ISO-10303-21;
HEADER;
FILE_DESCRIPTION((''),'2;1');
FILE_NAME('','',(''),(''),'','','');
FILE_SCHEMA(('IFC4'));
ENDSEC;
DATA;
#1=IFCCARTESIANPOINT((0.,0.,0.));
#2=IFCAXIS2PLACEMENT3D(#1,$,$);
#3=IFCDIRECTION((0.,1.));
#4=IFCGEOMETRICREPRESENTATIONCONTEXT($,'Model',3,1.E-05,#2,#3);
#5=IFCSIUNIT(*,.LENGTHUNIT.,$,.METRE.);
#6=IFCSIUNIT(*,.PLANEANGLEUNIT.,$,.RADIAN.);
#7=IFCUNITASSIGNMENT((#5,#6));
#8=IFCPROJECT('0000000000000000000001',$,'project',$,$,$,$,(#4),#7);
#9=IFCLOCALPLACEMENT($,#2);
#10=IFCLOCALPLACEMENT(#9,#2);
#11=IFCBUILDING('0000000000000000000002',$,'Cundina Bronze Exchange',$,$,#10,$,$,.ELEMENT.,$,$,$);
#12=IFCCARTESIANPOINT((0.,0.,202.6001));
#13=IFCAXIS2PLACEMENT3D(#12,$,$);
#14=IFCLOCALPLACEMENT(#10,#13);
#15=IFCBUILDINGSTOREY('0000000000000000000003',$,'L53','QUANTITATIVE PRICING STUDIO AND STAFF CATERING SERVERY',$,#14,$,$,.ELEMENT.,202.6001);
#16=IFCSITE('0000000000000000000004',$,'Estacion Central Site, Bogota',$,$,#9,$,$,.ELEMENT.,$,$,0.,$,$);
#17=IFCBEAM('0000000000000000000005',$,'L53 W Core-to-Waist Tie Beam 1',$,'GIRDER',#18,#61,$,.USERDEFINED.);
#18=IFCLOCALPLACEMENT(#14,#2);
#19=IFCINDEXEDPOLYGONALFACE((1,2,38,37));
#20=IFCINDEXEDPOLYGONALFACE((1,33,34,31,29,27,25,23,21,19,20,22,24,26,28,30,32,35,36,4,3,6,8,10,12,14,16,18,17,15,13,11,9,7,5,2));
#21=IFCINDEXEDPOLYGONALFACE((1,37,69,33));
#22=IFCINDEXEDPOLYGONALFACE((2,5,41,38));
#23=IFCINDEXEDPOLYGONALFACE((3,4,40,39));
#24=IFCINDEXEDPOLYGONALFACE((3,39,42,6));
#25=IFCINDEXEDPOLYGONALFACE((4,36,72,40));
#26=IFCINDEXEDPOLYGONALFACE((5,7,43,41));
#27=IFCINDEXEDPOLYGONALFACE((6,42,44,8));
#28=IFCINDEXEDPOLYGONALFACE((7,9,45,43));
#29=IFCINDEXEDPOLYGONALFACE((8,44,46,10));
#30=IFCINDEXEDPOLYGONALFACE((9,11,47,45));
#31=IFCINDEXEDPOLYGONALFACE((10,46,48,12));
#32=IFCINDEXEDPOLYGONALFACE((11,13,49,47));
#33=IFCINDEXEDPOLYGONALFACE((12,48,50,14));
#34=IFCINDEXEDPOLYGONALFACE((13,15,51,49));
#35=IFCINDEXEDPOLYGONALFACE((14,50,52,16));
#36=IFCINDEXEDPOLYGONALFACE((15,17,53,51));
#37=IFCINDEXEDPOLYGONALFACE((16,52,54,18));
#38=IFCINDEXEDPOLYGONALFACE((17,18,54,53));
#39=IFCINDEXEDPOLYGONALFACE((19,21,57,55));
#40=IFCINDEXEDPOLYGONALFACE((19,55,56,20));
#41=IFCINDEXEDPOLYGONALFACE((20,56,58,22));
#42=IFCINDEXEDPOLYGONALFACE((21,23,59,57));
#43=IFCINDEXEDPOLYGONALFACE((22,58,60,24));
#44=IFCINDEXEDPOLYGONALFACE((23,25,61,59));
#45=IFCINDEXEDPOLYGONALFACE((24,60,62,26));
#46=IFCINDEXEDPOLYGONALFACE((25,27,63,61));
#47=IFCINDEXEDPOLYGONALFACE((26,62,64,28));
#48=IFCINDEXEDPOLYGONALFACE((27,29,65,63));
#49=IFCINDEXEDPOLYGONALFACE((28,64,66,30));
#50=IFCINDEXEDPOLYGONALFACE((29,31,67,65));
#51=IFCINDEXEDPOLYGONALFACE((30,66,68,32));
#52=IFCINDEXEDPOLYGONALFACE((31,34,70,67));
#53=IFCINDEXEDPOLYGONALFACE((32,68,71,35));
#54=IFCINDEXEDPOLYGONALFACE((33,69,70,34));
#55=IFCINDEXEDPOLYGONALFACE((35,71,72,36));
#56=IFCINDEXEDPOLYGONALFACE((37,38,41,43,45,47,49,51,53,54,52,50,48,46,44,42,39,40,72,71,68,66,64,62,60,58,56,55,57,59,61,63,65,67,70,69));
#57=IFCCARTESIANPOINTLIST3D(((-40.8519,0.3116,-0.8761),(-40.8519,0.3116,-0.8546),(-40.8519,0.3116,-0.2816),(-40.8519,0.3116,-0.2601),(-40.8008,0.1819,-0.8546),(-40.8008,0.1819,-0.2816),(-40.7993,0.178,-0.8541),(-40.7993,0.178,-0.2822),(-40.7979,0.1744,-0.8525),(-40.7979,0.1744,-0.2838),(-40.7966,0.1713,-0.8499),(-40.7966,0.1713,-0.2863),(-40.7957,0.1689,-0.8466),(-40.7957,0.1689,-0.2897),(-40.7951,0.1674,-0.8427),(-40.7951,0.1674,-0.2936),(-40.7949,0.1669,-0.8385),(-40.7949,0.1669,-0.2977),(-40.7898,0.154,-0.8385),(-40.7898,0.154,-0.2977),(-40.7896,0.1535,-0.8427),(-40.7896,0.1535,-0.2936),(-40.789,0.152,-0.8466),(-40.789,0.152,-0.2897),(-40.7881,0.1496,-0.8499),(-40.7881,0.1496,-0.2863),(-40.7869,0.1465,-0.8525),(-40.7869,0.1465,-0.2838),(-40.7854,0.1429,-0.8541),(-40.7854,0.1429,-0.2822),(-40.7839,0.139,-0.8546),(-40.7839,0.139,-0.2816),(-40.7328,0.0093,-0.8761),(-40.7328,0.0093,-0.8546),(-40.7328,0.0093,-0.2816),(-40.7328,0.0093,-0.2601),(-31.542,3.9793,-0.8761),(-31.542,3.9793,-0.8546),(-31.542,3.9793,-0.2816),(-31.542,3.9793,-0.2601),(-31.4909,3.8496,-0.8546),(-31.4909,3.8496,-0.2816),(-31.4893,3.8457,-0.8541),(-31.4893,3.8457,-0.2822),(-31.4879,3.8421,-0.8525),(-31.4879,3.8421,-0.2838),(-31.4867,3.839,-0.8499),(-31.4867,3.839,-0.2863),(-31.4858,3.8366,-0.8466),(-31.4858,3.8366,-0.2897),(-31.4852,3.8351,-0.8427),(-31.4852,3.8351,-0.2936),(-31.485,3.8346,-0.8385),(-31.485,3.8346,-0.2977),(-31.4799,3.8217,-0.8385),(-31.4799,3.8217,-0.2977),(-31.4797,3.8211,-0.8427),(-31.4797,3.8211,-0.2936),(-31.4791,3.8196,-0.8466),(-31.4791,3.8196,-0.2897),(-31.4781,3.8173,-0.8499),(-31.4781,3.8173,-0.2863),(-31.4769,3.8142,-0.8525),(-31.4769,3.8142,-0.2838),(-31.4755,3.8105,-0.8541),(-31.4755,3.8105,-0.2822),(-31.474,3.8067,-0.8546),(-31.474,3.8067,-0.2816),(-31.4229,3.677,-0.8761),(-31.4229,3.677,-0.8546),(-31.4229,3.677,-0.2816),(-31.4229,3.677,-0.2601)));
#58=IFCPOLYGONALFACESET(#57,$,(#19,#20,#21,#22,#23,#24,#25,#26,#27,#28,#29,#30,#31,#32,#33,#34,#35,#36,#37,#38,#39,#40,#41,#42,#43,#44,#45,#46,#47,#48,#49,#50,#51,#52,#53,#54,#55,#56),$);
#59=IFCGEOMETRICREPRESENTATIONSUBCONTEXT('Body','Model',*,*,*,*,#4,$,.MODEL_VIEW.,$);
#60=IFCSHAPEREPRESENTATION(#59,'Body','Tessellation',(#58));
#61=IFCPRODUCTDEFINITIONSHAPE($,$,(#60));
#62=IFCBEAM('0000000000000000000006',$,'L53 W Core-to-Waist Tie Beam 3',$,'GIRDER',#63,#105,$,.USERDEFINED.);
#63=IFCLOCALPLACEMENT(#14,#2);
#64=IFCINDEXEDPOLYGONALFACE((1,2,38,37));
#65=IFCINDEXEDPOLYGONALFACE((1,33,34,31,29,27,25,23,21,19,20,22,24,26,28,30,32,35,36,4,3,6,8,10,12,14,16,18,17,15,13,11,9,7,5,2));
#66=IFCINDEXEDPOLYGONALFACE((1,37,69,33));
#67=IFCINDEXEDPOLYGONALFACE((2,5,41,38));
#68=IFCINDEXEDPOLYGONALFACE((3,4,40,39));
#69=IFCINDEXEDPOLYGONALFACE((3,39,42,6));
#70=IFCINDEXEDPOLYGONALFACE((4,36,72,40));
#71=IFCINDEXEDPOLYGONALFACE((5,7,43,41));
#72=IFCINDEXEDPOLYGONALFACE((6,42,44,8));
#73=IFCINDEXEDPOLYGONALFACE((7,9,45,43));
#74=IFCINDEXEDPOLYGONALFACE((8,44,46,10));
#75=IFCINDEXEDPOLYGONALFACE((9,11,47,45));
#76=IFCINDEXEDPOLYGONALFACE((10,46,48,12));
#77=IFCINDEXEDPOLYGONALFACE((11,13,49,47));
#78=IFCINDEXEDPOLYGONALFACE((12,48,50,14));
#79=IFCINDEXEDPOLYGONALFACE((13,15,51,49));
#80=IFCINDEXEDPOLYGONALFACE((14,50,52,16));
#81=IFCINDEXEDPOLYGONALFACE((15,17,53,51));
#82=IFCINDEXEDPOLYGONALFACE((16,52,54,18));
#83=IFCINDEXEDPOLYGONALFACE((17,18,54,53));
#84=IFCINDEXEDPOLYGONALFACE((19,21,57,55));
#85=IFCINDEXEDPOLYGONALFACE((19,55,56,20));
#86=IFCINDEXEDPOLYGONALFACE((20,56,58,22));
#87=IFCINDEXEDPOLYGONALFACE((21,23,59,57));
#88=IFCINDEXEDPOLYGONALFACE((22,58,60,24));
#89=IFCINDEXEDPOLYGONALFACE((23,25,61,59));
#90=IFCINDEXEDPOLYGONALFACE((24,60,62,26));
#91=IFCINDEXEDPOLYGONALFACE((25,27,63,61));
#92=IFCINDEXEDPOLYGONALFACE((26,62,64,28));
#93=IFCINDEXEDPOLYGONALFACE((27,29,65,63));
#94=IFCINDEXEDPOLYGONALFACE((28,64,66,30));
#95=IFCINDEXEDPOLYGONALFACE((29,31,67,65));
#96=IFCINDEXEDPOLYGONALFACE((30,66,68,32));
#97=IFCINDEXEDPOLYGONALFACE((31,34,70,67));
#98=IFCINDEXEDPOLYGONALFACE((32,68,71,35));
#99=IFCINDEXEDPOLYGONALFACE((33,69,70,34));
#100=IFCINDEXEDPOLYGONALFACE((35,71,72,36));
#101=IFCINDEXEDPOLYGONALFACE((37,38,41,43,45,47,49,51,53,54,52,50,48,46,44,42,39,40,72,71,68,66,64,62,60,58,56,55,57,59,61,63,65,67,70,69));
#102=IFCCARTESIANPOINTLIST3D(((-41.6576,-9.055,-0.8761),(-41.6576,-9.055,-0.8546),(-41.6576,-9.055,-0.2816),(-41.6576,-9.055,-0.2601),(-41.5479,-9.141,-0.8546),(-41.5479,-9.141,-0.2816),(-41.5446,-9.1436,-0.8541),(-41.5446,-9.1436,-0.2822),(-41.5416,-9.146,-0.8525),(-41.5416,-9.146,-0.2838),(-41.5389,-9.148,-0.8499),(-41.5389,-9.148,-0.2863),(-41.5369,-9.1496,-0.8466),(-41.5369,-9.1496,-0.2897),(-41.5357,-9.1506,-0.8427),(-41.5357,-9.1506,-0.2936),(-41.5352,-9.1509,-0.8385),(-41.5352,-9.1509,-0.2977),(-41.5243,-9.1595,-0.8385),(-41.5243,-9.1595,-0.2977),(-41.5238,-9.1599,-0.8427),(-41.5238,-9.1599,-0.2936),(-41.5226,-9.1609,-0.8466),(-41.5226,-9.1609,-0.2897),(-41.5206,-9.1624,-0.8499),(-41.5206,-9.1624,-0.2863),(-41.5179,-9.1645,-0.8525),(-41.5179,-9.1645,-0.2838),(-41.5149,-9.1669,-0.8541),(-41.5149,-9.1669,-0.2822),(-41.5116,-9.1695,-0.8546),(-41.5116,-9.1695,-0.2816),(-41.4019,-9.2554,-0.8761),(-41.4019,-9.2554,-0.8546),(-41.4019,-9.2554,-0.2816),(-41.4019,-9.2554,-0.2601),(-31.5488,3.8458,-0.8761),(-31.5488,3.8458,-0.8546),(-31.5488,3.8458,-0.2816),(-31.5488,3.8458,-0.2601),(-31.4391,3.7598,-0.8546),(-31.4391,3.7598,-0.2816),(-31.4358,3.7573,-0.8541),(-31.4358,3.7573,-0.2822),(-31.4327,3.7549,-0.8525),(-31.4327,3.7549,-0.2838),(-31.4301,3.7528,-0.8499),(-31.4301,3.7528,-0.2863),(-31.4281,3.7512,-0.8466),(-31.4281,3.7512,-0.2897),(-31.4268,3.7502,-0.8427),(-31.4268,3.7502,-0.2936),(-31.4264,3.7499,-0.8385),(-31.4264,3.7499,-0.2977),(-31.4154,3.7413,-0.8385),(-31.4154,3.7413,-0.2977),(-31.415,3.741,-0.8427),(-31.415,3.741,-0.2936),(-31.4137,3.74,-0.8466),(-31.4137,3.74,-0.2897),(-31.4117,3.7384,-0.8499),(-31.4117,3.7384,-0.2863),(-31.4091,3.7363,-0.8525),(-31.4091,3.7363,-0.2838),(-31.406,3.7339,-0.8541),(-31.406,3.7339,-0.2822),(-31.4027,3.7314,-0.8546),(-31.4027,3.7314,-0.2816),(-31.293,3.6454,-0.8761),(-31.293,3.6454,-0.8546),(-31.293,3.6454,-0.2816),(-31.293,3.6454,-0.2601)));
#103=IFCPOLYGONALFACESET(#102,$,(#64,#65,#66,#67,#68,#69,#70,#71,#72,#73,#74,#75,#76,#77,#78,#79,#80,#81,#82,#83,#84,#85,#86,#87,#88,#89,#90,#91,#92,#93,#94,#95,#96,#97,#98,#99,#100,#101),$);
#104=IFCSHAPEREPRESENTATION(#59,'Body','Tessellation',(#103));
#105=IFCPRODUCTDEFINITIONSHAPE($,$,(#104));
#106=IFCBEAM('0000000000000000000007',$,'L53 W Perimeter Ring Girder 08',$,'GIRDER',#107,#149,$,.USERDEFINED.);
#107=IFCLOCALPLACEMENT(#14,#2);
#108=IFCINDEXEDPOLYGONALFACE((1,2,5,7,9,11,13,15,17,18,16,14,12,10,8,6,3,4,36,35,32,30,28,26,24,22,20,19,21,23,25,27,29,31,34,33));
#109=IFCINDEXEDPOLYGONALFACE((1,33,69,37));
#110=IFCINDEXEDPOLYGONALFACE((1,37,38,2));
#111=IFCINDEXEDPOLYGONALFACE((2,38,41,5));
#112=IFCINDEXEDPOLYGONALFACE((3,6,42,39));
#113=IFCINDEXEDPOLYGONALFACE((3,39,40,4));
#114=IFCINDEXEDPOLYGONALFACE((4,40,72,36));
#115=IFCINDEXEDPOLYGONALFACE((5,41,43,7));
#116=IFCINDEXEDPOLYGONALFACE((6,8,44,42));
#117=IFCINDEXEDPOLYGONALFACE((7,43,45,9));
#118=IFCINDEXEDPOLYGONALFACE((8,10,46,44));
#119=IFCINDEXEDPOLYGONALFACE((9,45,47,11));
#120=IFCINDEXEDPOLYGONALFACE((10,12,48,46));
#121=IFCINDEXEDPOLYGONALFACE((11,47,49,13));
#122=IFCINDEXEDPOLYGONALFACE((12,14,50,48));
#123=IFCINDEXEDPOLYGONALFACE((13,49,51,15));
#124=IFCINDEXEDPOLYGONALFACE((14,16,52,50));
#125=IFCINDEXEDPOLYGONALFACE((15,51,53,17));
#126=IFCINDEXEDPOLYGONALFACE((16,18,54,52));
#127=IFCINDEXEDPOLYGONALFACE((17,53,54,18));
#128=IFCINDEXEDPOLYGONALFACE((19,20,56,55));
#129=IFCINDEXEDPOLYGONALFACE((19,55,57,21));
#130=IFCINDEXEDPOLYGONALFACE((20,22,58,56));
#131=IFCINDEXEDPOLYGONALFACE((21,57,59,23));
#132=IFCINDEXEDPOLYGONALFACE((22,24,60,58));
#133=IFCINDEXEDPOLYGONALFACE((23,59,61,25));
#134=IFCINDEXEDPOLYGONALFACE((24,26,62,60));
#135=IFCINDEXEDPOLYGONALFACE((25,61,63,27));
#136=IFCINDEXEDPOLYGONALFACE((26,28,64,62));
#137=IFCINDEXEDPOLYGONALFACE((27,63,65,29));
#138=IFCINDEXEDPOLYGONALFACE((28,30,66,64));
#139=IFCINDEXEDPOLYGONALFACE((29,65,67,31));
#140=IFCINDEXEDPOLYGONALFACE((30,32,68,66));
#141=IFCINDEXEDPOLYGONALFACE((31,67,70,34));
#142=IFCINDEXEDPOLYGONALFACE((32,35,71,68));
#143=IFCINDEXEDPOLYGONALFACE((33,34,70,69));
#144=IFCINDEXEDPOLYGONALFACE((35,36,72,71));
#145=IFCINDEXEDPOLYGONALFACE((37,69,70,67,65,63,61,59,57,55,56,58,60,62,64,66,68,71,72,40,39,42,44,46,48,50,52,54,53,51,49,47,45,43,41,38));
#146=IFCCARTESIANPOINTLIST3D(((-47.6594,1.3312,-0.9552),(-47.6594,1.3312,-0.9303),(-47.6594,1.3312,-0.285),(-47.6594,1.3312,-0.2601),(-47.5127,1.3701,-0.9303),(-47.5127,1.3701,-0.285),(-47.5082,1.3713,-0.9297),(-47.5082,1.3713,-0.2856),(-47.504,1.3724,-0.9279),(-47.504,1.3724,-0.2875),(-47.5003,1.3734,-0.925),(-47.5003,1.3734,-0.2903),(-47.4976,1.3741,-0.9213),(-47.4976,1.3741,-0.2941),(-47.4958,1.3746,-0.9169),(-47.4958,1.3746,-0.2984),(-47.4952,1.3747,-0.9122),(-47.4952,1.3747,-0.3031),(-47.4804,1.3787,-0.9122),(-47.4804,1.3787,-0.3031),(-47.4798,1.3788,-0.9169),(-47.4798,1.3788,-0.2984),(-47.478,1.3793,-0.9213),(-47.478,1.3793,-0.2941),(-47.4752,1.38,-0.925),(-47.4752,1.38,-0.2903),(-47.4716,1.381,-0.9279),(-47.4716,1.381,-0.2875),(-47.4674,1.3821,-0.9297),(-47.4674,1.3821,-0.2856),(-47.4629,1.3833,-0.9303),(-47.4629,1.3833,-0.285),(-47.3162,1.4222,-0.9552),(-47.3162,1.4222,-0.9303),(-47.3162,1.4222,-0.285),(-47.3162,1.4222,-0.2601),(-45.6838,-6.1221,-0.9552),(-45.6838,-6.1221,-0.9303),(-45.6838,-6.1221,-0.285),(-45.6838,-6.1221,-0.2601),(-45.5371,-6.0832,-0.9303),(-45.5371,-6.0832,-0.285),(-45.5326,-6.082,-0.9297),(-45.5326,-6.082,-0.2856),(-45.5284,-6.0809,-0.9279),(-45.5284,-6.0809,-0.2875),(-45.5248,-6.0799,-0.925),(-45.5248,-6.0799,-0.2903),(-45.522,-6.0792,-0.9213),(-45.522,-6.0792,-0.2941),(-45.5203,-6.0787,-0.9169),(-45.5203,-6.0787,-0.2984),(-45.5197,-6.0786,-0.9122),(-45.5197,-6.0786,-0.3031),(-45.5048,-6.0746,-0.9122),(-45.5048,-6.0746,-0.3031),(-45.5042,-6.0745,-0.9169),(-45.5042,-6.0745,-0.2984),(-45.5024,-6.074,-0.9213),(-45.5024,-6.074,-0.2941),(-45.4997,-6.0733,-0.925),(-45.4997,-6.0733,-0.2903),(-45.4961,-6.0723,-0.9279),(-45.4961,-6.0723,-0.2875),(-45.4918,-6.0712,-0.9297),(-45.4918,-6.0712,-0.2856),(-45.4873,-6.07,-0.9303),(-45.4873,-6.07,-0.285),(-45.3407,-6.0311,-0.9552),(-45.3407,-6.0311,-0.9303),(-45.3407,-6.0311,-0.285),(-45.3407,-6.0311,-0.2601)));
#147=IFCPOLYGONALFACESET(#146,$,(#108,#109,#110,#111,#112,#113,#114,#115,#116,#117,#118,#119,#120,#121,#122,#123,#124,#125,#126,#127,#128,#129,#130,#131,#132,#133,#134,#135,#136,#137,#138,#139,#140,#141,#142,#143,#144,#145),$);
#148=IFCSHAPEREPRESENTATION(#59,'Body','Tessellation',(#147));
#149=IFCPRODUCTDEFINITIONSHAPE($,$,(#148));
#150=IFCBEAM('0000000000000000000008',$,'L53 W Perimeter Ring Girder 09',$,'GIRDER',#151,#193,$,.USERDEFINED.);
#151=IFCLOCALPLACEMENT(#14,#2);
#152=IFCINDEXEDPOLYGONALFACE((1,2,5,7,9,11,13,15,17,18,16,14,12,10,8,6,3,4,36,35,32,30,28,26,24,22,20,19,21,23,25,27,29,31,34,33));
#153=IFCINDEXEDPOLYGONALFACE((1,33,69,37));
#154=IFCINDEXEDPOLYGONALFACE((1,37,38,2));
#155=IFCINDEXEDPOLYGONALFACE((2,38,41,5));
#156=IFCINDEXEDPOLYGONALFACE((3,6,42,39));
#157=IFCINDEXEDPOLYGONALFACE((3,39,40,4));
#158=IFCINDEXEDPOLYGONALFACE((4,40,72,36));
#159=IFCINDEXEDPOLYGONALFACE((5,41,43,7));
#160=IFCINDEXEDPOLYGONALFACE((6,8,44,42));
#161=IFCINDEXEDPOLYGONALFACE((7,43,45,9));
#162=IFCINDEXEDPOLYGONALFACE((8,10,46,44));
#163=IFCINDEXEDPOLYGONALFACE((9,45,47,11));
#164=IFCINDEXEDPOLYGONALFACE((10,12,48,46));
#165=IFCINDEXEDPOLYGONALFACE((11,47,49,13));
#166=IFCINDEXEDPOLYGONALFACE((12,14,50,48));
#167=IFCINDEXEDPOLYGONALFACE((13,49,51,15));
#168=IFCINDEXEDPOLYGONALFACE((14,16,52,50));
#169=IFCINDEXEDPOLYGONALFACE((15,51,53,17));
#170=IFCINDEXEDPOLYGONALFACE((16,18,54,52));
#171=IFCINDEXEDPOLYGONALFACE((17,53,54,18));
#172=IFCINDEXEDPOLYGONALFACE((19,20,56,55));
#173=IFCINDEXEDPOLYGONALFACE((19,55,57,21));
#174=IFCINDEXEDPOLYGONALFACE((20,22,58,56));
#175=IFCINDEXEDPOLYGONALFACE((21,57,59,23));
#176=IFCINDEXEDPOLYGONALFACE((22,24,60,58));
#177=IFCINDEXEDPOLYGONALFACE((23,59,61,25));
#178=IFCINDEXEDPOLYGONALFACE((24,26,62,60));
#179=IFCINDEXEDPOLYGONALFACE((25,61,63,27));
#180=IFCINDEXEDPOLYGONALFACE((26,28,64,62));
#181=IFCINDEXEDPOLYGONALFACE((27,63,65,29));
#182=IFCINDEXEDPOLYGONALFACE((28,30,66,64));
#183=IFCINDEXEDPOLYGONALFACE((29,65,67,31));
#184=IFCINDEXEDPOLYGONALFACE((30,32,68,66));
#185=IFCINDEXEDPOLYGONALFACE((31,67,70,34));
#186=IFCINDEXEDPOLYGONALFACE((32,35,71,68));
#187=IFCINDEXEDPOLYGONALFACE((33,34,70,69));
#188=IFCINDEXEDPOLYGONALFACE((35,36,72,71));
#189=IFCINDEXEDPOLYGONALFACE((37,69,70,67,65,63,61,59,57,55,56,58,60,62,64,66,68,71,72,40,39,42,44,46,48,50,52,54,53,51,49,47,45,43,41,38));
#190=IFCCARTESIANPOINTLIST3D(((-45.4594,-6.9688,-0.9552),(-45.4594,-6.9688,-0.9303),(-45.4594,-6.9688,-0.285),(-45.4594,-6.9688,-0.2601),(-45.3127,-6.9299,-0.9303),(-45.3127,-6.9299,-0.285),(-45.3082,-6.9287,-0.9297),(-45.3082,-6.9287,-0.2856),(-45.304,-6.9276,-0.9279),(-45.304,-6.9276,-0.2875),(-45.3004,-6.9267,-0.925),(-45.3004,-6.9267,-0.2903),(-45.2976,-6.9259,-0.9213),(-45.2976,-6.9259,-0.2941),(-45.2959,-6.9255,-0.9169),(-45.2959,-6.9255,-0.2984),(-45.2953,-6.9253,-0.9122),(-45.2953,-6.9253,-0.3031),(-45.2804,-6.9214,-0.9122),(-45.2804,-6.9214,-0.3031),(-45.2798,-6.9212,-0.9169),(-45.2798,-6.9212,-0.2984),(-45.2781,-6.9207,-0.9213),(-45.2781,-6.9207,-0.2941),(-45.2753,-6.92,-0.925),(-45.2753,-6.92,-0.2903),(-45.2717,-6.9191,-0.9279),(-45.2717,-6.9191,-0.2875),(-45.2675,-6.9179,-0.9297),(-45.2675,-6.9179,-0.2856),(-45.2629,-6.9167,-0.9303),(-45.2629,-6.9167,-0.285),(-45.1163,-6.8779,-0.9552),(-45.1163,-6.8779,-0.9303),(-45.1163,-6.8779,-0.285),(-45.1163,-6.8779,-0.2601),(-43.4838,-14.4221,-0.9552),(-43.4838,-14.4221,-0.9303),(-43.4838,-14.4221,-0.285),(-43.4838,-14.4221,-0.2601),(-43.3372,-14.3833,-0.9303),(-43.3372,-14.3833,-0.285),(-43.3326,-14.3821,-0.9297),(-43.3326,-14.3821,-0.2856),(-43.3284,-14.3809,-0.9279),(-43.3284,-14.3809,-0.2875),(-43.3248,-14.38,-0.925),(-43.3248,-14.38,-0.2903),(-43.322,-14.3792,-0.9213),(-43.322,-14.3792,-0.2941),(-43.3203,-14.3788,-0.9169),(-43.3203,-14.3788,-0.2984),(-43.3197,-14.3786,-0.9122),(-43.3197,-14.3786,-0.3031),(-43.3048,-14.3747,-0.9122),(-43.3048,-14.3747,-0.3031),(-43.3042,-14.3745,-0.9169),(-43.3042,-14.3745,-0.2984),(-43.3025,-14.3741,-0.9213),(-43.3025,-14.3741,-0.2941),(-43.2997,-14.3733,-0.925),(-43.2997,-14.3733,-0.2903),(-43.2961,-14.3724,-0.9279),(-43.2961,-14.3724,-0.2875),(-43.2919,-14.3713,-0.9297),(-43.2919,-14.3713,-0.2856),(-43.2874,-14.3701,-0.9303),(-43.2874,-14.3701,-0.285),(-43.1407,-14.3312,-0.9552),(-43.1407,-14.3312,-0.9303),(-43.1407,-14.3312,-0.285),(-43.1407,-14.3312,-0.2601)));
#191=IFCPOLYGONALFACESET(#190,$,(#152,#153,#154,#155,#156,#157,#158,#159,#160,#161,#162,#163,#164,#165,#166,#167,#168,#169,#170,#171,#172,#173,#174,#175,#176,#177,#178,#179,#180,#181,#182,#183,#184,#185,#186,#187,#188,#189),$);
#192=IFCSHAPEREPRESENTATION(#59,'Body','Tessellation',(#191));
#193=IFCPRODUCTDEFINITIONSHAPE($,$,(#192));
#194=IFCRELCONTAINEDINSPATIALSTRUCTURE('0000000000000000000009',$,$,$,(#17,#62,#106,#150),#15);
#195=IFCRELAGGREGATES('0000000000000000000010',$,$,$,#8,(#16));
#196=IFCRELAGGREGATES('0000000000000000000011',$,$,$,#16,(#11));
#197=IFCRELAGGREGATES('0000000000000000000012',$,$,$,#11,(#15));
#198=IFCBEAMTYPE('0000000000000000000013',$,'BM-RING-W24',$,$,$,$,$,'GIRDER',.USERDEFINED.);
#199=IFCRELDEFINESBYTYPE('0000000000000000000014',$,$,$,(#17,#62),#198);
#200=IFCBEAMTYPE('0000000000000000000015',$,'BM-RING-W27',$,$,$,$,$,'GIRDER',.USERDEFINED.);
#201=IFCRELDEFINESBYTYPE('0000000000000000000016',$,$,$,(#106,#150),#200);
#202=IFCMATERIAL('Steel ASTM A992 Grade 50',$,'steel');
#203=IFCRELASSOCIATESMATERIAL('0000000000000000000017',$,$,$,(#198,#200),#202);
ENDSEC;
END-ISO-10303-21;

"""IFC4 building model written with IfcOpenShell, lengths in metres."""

from ifc_helpers import new_model, si_unit, direction, frame, origin, origin_2d, place, context, subcontext, project, spatial, i_section, extrude, material, material_profile, profile_set, type_object, element, save


model = new_model("IFC4")

# Units and contexts
model_context = context("Model", 3, precision=1e-05, world=origin(), true_north=direction((0.0, 1.0)))
body_context = subcontext(model_context, "Body", "Model", "MODEL_VIEW")
ifc_project = project(units=[si_unit("LENGTHUNIT", "METRE"), si_unit("PLANEANGLEUNIT", "RADIAN")], contexts=[model_context])

# Site, building, storey
site_placement = place(None, origin())
site = spatial("IfcSite", under=ifc_project, at=site_placement, Name="Estacion Central Site, Bogota", CompositionType="ELEMENT", RefElevation=0.0)
building_placement = place(site_placement, origin())
building = spatial("IfcBuilding", under=site, at=building_placement, Name="Cundina Bronze Exchange", CompositionType="ELEMENT")
storey_placement = place(building_placement, frame((0.0, 0.0, 202.6001)))
storey = spatial("IfcBuildingStorey", under=building, at=storey_placement, Name="L53", Description="QUANTITATIVE PRICING STUDIO AND STAFF CATERING SERVERY", CompositionType="ELEMENT", Elevation=202.6001)

# Beams
ifc_material_1 = material(Name="Steel ASTM A992 Grade 50", Category="steel")
ifc_material_profile_1 = material_profile(ifc_material_1, i_section(OverallWidth=0.325, OverallDepth=0.616, WebThickness=0.0139, FlangeThickness=0.0215, FilletRadius=0.0161, at=origin_2d()), Name="W24X117", Category="steel")
ifc_profile_set_1 = profile_set([ifc_material_profile_1], Name="Steel ASTM A992 Grade 50")
beam_type_1 = type_object("IfcBeamType", Name="BM-RING-W24", ElementType="GIRDER", PredefinedType="USERDEFINED", material=ifc_profile_set_1)
beam_1_placement = place(storey_placement, frame((-31.4824, 3.8281, -0.5681), z_axis=(-0.930404, -0.366535, 0.0), x_axis=(0.366535, -0.930404, 0.0)))
element("IfcBeam", 1, at=beam_1_placement, inside=storey, type_object=beam_type_1, Name="L53 W Core-to-Waist Tie Beam 1", ObjectType="GIRDER", PredefinedType="USERDEFINED", context=body_context, shape_type="SweptSolid", body=[
    extrude(i_section(OverallWidth=0.325, OverallDepth=0.616, WebThickness=0.0139, FlangeThickness=0.0215, FilletRadius=0.0161, at=origin_2d()), origin(), (0.0, 0.0, 1.0), 10.0063),
])
beam_2_placement = place(storey_placement, frame((-31.4209, 3.7456, -0.5681), z_axis=(-0.616783, -0.787133, 0.0), x_axis=(0.787133, -0.616783, 0.0)))
element("IfcBeam", 2, at=beam_2_placement, inside=storey, type_object=beam_type_1, Name="L53 W Core-to-Waist Tie Beam 3", ObjectType="GIRDER", PredefinedType="USERDEFINED", context=body_context, shape_type="SweptSolid", body=[
    extrude(i_section(OverallWidth=0.325, OverallDepth=0.616, WebThickness=0.0139, FlangeThickness=0.0215, FilletRadius=0.0161, at=origin_2d()), origin(), (0.0, 0.0, 1.0), 16.3896),
])
ifc_material_profile_2 = material_profile(ifc_material_1, i_section(OverallWidth=0.355, OverallDepth=0.6951, WebThickness=0.0154, FlangeThickness=0.0249, FilletRadius=0.0181, at=origin_2d()), Name="W27X146", Category="steel")
ifc_profile_set_2 = profile_set([ifc_material_profile_2], Name="Steel ASTM A992 Grade 50")
beam_type_2 = type_object("IfcBeamType", Name="BM-RING-W27", ElementType="GIRDER", PredefinedType="USERDEFINED", material=ifc_profile_set_2)
for number, where, z_axis, x_axis, name in (
    (3, (-47.4878, 1.3767, -0.6077), (0.256212, -0.966621, 0.0), (0.966621, 0.256212, 0.0), "L53 W Perimeter Ring Girder 08"),
    (4, (-45.2878, -6.9233, -0.6077), (0.256212, -0.966621, 0.0), (0.966621, 0.256212, 0.0), "L53 W Perimeter Ring Girder 09"),
):
    element("IfcBeam", number, at=place(storey_placement, frame(where, z_axis=z_axis, x_axis=x_axis)), inside=storey, type_object=beam_type_2, Name=name, ObjectType="GIRDER", PredefinedType="USERDEFINED", context=body_context, shape_type="SweptSolid", body=[
        extrude(i_section(OverallWidth=0.355, OverallDepth=0.6951, WebThickness=0.0154, FlangeThickness=0.0249, FilletRadius=0.0181, at=origin_2d()), origin(), (0.0, 0.0, 1.0), 7.7107),
    ])

save(model, "model.ifc")
